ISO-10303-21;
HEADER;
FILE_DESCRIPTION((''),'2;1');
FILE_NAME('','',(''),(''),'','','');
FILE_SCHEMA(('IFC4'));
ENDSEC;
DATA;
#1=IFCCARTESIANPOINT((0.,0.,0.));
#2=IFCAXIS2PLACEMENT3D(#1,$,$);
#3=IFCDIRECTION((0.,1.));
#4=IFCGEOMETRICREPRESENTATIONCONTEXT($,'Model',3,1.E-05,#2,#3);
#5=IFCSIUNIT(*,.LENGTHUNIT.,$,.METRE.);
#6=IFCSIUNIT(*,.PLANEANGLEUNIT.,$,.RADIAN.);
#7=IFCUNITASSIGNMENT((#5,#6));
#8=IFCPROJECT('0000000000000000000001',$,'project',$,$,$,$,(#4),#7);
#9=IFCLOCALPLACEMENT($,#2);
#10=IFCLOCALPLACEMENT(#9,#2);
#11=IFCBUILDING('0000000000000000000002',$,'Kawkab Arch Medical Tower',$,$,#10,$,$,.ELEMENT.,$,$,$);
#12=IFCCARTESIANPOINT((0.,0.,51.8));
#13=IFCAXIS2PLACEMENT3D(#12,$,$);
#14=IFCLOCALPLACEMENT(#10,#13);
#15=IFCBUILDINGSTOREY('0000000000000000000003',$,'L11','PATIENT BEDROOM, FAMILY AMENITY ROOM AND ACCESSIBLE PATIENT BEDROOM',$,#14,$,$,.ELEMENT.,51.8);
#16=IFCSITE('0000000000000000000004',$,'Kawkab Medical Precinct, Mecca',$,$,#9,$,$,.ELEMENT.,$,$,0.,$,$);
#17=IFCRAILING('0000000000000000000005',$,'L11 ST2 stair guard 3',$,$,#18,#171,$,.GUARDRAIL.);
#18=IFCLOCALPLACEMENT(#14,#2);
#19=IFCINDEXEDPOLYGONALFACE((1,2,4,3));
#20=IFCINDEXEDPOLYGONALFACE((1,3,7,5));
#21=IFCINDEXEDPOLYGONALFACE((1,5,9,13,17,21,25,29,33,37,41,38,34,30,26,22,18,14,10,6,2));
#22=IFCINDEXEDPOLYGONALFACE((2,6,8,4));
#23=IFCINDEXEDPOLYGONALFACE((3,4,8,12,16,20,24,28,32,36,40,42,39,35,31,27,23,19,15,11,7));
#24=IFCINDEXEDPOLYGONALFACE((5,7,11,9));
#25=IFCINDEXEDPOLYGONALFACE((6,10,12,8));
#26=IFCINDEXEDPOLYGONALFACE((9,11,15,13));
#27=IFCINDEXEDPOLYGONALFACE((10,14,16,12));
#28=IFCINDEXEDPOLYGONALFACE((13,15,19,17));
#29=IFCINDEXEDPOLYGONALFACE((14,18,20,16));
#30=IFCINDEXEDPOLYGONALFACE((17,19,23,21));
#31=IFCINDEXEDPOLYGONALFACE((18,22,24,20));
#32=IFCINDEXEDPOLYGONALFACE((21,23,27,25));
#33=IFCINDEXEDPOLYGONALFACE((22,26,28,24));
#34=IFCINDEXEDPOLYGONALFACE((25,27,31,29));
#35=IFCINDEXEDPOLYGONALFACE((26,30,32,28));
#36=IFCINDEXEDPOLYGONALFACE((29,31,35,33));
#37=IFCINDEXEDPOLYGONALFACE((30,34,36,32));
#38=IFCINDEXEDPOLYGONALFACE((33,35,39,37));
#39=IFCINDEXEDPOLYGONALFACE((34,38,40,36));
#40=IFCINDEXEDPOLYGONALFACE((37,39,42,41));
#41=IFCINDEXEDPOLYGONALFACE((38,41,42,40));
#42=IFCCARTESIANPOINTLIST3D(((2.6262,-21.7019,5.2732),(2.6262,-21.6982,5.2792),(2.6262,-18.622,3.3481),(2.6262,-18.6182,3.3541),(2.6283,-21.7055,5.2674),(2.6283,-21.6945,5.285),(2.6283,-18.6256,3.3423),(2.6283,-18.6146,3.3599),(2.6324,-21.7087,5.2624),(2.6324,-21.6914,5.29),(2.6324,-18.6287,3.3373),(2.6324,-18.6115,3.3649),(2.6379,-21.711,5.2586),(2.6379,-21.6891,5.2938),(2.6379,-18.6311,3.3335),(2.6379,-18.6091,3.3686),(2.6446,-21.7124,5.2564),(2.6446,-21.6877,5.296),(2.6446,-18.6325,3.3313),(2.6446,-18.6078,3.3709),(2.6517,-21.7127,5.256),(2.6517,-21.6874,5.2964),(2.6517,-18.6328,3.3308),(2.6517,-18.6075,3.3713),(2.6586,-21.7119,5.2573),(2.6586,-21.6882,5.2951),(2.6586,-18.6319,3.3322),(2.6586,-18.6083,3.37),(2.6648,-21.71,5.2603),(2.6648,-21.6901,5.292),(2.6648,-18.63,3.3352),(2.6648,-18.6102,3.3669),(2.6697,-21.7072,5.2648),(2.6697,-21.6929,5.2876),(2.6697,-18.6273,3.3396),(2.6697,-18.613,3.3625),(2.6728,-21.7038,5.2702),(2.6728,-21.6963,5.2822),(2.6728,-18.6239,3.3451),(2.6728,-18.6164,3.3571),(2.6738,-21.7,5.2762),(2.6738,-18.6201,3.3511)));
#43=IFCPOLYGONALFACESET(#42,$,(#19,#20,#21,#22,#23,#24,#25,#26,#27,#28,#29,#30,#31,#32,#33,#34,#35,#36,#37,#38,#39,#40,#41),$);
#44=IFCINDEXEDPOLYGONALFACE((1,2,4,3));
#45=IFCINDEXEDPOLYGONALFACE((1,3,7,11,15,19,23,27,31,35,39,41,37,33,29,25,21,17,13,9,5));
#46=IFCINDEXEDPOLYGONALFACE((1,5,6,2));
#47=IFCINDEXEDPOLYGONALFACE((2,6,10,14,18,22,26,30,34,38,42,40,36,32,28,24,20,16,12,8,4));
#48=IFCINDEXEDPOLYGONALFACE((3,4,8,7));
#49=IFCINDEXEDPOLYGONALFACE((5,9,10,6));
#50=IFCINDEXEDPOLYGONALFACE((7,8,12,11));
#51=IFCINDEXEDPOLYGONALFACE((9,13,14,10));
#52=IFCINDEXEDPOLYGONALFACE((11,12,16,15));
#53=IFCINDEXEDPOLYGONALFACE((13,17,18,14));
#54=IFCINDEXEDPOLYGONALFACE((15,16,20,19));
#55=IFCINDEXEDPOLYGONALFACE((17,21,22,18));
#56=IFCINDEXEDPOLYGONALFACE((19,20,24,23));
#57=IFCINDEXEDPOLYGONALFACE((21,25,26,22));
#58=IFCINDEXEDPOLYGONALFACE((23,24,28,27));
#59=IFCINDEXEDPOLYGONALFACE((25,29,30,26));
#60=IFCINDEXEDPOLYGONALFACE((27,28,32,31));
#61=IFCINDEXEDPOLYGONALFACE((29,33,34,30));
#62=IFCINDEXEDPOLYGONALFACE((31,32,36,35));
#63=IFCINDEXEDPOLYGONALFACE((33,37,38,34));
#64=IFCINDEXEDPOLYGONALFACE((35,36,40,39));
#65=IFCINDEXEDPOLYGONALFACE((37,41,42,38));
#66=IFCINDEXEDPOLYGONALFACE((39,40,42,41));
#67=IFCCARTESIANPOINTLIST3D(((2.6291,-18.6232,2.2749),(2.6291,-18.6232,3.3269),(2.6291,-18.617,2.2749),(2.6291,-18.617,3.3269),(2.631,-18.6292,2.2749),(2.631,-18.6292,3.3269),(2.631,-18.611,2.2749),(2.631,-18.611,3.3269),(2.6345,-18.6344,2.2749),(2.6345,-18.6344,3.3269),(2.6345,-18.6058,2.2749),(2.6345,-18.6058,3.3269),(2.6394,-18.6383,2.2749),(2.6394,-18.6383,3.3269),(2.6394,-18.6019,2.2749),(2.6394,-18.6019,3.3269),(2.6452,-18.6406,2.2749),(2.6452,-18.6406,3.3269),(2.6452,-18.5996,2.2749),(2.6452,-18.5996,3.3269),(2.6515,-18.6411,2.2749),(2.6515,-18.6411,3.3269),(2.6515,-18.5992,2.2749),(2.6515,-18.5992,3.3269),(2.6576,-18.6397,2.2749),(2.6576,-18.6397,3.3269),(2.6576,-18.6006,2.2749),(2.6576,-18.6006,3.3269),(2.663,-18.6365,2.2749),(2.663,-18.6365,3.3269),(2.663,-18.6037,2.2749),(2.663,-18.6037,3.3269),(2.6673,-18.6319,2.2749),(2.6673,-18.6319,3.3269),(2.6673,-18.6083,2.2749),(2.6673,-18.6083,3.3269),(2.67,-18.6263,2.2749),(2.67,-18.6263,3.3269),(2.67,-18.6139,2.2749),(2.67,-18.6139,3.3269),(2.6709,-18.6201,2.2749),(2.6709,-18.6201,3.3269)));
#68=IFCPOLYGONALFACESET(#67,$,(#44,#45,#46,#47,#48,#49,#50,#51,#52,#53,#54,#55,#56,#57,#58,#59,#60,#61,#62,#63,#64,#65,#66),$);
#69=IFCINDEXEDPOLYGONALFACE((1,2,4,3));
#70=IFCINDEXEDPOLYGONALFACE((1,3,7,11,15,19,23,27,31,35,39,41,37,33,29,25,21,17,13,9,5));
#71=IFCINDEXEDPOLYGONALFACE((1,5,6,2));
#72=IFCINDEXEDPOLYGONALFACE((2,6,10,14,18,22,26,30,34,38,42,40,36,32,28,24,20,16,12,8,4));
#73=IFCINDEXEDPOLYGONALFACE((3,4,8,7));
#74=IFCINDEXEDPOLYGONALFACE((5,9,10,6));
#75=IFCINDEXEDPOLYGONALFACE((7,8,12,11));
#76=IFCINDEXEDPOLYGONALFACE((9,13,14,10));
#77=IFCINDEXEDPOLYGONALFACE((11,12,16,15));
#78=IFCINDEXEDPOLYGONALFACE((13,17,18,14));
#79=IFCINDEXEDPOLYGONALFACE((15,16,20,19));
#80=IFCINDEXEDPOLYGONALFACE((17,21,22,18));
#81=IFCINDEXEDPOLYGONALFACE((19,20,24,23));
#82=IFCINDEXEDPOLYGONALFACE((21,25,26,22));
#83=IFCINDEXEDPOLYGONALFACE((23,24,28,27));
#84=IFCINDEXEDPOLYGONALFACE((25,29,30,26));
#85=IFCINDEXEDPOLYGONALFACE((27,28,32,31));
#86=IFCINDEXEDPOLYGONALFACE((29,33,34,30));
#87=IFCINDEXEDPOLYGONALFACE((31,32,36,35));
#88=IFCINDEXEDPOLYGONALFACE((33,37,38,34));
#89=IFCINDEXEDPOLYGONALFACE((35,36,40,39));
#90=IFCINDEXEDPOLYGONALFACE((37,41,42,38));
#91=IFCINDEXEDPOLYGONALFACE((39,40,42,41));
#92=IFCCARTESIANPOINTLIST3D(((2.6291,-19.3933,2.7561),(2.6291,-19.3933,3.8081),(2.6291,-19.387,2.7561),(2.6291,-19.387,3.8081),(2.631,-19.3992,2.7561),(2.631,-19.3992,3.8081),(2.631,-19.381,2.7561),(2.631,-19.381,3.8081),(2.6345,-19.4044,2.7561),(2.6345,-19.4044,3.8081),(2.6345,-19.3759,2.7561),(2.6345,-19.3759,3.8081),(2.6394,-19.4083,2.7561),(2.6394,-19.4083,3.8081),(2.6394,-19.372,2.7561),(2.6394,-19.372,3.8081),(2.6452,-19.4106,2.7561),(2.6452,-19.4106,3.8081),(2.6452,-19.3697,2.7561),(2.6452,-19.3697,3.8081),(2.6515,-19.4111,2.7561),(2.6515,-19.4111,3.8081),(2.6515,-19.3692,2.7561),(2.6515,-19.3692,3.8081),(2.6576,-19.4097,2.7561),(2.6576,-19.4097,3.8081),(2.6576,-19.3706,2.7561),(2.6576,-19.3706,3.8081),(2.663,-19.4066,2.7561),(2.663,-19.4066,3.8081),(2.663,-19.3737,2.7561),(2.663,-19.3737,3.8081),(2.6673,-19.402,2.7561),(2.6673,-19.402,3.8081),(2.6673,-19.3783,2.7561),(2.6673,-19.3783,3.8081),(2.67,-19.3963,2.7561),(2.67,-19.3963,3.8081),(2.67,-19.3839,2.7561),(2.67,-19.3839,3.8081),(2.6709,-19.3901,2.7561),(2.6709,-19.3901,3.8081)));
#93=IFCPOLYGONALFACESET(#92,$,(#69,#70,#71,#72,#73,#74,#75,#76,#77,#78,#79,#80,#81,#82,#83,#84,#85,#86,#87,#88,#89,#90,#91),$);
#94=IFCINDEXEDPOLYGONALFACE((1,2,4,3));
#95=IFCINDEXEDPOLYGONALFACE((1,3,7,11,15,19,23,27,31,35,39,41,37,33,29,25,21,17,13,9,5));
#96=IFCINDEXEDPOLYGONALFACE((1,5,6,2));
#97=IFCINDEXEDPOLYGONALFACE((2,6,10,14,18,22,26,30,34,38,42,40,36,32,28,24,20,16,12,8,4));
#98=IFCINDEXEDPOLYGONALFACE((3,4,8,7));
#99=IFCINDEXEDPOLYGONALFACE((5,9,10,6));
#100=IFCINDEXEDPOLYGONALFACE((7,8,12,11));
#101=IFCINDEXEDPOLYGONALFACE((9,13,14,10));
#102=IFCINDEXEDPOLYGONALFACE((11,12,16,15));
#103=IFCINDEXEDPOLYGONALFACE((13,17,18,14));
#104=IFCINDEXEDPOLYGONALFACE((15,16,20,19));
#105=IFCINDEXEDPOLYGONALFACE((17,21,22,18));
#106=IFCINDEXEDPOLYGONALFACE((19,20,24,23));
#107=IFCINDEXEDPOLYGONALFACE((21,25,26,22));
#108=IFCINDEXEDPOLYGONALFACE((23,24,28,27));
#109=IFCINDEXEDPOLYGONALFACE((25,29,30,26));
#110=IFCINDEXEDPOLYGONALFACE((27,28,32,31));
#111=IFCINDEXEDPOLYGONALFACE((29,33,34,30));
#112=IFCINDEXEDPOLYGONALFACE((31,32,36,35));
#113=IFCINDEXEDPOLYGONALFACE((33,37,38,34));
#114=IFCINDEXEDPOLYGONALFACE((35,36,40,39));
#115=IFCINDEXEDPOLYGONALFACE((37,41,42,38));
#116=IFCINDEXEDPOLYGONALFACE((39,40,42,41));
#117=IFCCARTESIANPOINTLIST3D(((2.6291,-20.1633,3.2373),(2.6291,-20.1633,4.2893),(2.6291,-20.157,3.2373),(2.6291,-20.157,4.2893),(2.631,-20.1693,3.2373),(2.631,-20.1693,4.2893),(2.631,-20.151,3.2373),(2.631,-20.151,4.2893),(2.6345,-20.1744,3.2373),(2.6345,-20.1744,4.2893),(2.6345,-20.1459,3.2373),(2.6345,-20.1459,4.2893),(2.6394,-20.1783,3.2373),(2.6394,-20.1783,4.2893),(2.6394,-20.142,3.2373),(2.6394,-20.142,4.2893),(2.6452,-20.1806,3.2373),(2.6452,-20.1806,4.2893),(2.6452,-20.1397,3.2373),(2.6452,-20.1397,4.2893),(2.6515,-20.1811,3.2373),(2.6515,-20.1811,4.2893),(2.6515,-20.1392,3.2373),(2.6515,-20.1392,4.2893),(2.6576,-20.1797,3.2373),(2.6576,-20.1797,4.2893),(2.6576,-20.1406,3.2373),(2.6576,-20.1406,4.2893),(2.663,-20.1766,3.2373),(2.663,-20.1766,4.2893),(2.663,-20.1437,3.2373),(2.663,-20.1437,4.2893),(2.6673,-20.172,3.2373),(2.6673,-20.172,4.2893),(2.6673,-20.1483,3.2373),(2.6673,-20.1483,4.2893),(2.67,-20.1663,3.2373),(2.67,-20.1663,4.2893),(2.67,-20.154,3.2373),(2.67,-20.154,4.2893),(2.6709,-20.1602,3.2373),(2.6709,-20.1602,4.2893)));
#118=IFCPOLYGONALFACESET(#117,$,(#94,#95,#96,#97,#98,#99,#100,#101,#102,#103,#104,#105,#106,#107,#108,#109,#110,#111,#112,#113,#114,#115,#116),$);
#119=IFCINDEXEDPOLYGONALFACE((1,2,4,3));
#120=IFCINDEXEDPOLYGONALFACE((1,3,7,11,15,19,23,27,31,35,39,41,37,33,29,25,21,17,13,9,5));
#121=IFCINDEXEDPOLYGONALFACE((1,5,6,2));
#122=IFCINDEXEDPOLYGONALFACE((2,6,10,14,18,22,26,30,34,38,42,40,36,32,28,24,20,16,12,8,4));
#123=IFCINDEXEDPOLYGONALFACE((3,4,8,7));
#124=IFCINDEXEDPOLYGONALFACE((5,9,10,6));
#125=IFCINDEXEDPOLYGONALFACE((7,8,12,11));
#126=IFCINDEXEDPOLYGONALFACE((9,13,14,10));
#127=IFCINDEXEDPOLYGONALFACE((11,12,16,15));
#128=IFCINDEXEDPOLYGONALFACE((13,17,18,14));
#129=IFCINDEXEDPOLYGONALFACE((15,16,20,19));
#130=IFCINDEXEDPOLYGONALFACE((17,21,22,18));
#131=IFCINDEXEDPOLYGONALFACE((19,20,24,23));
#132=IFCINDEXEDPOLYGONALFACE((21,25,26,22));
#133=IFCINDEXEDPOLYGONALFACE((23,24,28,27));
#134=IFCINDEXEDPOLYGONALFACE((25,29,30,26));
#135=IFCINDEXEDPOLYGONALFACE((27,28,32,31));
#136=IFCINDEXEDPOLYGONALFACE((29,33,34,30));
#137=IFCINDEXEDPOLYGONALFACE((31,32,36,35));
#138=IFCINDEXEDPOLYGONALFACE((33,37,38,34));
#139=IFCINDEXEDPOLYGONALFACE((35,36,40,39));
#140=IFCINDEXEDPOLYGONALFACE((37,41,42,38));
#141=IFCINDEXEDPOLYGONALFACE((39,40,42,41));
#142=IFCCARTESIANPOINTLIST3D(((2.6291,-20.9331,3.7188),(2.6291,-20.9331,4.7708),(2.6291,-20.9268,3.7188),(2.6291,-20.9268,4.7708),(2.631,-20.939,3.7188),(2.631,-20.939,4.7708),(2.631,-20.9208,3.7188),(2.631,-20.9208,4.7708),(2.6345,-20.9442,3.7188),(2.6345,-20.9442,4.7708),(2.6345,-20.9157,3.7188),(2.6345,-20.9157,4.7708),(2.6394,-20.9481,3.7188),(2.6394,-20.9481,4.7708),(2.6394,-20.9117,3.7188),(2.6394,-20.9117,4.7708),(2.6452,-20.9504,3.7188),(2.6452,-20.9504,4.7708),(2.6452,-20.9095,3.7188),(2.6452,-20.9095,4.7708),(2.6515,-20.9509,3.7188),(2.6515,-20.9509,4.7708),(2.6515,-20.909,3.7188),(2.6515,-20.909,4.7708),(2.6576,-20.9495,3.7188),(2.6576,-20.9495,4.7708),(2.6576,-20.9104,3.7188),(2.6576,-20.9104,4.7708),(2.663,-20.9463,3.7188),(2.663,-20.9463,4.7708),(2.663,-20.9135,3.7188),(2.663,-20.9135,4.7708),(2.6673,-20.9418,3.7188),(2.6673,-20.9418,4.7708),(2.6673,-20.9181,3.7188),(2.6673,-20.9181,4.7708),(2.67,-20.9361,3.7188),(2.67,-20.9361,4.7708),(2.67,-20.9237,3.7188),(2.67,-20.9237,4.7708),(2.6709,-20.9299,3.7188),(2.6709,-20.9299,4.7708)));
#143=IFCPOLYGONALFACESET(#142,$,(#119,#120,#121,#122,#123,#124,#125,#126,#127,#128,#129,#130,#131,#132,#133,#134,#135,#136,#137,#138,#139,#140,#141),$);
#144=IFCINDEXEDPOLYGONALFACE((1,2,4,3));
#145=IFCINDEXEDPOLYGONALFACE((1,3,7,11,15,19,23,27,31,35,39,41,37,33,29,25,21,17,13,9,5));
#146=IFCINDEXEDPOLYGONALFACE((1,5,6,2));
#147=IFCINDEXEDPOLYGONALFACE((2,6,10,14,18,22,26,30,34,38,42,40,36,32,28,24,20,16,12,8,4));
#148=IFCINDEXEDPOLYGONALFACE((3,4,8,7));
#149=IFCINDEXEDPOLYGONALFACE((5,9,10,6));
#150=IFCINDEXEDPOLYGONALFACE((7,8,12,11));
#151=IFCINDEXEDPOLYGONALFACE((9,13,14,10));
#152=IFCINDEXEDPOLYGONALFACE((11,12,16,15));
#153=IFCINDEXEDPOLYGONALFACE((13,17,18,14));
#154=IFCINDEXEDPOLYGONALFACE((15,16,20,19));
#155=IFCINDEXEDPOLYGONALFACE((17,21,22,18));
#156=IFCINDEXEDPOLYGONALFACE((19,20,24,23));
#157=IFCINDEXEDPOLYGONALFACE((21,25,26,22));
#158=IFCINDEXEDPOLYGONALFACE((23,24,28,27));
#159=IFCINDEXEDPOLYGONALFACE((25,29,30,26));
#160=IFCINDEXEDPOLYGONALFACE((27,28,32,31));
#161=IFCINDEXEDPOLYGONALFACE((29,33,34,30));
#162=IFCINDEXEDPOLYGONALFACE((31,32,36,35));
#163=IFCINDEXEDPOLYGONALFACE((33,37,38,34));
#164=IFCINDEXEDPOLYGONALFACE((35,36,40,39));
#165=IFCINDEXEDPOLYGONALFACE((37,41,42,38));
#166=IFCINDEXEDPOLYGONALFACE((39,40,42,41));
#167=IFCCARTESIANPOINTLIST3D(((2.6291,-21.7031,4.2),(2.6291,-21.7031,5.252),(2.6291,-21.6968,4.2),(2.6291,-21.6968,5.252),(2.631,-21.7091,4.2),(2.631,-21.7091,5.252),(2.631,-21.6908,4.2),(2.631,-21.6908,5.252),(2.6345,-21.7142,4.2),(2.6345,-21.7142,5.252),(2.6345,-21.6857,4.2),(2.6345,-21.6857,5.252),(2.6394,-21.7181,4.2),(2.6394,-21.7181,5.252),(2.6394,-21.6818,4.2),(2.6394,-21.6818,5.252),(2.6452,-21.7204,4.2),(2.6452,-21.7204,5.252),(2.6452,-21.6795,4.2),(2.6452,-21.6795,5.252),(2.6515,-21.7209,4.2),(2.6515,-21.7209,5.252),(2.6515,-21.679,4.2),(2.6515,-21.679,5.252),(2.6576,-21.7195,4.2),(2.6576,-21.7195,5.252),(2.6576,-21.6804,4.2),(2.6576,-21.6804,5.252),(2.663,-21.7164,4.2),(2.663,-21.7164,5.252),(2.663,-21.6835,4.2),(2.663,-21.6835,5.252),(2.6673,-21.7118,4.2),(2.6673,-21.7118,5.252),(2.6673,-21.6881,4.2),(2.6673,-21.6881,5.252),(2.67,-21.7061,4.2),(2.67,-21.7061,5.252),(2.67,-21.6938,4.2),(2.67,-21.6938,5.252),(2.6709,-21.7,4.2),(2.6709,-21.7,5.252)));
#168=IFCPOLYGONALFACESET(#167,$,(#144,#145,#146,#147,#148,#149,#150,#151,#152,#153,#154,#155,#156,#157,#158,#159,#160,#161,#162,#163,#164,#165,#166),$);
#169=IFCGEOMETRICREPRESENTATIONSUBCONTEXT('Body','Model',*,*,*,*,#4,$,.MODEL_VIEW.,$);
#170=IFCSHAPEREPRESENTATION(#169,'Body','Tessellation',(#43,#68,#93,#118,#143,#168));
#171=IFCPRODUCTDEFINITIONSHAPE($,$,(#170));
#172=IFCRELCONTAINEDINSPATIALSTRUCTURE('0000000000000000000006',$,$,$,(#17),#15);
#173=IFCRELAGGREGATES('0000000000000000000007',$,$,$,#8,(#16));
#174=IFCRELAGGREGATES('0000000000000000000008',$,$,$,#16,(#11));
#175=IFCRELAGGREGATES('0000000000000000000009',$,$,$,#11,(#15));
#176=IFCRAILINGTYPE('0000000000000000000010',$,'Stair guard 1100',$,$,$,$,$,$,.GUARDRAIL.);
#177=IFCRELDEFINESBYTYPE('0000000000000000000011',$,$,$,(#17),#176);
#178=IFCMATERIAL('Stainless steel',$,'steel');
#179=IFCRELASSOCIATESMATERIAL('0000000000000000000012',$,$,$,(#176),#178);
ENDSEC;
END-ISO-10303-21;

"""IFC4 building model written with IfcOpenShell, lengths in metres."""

from ifc_helpers import new_model, si_unit, direction, frame, origin, origin_2d, place, context, subcontext, project, spatial, circle, extrude, material, type_object, element, save


model = new_model("IFC4")

# Units and contexts
model_context = context("Model", 3, precision=1e-05, world=origin(), true_north=direction((0.0, 1.0)))
body_context = subcontext(model_context, "Body", "Model", "MODEL_VIEW")
ifc_project = project(units=[si_unit("LENGTHUNIT", "METRE"), si_unit("PLANEANGLEUNIT", "RADIAN")], contexts=[model_context])

# Site, building, storey
site_placement = place(None, origin())
site = spatial("IfcSite", under=ifc_project, at=site_placement, Name="Kawkab Medical Precinct, Mecca", CompositionType="ELEMENT", RefElevation=0.0)
building_placement = place(site_placement, origin())
building = spatial("IfcBuilding", under=site, at=building_placement, Name="Kawkab Arch Medical Tower", CompositionType="ELEMENT")
storey_placement = place(building_placement, frame((0.0, 0.0, 51.8)))
storey = spatial("IfcBuildingStorey", under=building, at=storey_placement, Name="L11", Description="PATIENT BEDROOM, FAMILY AMENITY ROOM AND ACCESSIBLE PATIENT BEDROOM", CompositionType="ELEMENT", Elevation=51.8)

# Railing
ifc_material_1 = material(Name="Stainless steel", Category="steel")
railing_type = type_object("IfcRailingType", Name="Stair guard 1100", PredefinedType="GUARDRAIL", material=ifc_material_1)
railing_1_placement = place(storey_placement, frame((2.6499, -18.6201, 2.2749)))
element("IfcRailing", 1, at=railing_1_placement, inside=storey, type_object=railing_type, Name="L11 ST2 stair guard 3", PredefinedType="GUARDRAIL", context=body_context, shape_type="SweptSolid", body=[
    extrude(circle(Radius=0.0239, at=origin_2d()), frame((0.0, 0.0, 1.0762), z_axis=(0.0, -0.847979, 0.530029), x_axis=(1.0, 0.0, 0.0)), (0.0, 0.0, 1.0), 3.6321),
    extrude(circle(Radius=0.021, at=origin_2d()), origin(), (0.0, 0.0, 1.0), 1.052),
    extrude(circle(Radius=0.021, at=origin_2d()), frame((0.0, -0.77, 0.4812)), (0.0, 0.0, 1.0), 1.052),
    extrude(circle(Radius=0.021, at=origin_2d()), frame((0.0, -1.54, 0.9624)), (0.0, 0.0, 1.0), 1.052),
    extrude(circle(Radius=0.021, at=origin_2d()), frame((0.0, -2.3098, 1.4438)), (0.0, 0.0, 1.0), 1.052),
    extrude(circle(Radius=0.021, at=origin_2d()), frame((0.0, -3.0798, 1.925)), (0.0, 0.0, 1.0), 1.052),
])

save(model, "model.ifc")
